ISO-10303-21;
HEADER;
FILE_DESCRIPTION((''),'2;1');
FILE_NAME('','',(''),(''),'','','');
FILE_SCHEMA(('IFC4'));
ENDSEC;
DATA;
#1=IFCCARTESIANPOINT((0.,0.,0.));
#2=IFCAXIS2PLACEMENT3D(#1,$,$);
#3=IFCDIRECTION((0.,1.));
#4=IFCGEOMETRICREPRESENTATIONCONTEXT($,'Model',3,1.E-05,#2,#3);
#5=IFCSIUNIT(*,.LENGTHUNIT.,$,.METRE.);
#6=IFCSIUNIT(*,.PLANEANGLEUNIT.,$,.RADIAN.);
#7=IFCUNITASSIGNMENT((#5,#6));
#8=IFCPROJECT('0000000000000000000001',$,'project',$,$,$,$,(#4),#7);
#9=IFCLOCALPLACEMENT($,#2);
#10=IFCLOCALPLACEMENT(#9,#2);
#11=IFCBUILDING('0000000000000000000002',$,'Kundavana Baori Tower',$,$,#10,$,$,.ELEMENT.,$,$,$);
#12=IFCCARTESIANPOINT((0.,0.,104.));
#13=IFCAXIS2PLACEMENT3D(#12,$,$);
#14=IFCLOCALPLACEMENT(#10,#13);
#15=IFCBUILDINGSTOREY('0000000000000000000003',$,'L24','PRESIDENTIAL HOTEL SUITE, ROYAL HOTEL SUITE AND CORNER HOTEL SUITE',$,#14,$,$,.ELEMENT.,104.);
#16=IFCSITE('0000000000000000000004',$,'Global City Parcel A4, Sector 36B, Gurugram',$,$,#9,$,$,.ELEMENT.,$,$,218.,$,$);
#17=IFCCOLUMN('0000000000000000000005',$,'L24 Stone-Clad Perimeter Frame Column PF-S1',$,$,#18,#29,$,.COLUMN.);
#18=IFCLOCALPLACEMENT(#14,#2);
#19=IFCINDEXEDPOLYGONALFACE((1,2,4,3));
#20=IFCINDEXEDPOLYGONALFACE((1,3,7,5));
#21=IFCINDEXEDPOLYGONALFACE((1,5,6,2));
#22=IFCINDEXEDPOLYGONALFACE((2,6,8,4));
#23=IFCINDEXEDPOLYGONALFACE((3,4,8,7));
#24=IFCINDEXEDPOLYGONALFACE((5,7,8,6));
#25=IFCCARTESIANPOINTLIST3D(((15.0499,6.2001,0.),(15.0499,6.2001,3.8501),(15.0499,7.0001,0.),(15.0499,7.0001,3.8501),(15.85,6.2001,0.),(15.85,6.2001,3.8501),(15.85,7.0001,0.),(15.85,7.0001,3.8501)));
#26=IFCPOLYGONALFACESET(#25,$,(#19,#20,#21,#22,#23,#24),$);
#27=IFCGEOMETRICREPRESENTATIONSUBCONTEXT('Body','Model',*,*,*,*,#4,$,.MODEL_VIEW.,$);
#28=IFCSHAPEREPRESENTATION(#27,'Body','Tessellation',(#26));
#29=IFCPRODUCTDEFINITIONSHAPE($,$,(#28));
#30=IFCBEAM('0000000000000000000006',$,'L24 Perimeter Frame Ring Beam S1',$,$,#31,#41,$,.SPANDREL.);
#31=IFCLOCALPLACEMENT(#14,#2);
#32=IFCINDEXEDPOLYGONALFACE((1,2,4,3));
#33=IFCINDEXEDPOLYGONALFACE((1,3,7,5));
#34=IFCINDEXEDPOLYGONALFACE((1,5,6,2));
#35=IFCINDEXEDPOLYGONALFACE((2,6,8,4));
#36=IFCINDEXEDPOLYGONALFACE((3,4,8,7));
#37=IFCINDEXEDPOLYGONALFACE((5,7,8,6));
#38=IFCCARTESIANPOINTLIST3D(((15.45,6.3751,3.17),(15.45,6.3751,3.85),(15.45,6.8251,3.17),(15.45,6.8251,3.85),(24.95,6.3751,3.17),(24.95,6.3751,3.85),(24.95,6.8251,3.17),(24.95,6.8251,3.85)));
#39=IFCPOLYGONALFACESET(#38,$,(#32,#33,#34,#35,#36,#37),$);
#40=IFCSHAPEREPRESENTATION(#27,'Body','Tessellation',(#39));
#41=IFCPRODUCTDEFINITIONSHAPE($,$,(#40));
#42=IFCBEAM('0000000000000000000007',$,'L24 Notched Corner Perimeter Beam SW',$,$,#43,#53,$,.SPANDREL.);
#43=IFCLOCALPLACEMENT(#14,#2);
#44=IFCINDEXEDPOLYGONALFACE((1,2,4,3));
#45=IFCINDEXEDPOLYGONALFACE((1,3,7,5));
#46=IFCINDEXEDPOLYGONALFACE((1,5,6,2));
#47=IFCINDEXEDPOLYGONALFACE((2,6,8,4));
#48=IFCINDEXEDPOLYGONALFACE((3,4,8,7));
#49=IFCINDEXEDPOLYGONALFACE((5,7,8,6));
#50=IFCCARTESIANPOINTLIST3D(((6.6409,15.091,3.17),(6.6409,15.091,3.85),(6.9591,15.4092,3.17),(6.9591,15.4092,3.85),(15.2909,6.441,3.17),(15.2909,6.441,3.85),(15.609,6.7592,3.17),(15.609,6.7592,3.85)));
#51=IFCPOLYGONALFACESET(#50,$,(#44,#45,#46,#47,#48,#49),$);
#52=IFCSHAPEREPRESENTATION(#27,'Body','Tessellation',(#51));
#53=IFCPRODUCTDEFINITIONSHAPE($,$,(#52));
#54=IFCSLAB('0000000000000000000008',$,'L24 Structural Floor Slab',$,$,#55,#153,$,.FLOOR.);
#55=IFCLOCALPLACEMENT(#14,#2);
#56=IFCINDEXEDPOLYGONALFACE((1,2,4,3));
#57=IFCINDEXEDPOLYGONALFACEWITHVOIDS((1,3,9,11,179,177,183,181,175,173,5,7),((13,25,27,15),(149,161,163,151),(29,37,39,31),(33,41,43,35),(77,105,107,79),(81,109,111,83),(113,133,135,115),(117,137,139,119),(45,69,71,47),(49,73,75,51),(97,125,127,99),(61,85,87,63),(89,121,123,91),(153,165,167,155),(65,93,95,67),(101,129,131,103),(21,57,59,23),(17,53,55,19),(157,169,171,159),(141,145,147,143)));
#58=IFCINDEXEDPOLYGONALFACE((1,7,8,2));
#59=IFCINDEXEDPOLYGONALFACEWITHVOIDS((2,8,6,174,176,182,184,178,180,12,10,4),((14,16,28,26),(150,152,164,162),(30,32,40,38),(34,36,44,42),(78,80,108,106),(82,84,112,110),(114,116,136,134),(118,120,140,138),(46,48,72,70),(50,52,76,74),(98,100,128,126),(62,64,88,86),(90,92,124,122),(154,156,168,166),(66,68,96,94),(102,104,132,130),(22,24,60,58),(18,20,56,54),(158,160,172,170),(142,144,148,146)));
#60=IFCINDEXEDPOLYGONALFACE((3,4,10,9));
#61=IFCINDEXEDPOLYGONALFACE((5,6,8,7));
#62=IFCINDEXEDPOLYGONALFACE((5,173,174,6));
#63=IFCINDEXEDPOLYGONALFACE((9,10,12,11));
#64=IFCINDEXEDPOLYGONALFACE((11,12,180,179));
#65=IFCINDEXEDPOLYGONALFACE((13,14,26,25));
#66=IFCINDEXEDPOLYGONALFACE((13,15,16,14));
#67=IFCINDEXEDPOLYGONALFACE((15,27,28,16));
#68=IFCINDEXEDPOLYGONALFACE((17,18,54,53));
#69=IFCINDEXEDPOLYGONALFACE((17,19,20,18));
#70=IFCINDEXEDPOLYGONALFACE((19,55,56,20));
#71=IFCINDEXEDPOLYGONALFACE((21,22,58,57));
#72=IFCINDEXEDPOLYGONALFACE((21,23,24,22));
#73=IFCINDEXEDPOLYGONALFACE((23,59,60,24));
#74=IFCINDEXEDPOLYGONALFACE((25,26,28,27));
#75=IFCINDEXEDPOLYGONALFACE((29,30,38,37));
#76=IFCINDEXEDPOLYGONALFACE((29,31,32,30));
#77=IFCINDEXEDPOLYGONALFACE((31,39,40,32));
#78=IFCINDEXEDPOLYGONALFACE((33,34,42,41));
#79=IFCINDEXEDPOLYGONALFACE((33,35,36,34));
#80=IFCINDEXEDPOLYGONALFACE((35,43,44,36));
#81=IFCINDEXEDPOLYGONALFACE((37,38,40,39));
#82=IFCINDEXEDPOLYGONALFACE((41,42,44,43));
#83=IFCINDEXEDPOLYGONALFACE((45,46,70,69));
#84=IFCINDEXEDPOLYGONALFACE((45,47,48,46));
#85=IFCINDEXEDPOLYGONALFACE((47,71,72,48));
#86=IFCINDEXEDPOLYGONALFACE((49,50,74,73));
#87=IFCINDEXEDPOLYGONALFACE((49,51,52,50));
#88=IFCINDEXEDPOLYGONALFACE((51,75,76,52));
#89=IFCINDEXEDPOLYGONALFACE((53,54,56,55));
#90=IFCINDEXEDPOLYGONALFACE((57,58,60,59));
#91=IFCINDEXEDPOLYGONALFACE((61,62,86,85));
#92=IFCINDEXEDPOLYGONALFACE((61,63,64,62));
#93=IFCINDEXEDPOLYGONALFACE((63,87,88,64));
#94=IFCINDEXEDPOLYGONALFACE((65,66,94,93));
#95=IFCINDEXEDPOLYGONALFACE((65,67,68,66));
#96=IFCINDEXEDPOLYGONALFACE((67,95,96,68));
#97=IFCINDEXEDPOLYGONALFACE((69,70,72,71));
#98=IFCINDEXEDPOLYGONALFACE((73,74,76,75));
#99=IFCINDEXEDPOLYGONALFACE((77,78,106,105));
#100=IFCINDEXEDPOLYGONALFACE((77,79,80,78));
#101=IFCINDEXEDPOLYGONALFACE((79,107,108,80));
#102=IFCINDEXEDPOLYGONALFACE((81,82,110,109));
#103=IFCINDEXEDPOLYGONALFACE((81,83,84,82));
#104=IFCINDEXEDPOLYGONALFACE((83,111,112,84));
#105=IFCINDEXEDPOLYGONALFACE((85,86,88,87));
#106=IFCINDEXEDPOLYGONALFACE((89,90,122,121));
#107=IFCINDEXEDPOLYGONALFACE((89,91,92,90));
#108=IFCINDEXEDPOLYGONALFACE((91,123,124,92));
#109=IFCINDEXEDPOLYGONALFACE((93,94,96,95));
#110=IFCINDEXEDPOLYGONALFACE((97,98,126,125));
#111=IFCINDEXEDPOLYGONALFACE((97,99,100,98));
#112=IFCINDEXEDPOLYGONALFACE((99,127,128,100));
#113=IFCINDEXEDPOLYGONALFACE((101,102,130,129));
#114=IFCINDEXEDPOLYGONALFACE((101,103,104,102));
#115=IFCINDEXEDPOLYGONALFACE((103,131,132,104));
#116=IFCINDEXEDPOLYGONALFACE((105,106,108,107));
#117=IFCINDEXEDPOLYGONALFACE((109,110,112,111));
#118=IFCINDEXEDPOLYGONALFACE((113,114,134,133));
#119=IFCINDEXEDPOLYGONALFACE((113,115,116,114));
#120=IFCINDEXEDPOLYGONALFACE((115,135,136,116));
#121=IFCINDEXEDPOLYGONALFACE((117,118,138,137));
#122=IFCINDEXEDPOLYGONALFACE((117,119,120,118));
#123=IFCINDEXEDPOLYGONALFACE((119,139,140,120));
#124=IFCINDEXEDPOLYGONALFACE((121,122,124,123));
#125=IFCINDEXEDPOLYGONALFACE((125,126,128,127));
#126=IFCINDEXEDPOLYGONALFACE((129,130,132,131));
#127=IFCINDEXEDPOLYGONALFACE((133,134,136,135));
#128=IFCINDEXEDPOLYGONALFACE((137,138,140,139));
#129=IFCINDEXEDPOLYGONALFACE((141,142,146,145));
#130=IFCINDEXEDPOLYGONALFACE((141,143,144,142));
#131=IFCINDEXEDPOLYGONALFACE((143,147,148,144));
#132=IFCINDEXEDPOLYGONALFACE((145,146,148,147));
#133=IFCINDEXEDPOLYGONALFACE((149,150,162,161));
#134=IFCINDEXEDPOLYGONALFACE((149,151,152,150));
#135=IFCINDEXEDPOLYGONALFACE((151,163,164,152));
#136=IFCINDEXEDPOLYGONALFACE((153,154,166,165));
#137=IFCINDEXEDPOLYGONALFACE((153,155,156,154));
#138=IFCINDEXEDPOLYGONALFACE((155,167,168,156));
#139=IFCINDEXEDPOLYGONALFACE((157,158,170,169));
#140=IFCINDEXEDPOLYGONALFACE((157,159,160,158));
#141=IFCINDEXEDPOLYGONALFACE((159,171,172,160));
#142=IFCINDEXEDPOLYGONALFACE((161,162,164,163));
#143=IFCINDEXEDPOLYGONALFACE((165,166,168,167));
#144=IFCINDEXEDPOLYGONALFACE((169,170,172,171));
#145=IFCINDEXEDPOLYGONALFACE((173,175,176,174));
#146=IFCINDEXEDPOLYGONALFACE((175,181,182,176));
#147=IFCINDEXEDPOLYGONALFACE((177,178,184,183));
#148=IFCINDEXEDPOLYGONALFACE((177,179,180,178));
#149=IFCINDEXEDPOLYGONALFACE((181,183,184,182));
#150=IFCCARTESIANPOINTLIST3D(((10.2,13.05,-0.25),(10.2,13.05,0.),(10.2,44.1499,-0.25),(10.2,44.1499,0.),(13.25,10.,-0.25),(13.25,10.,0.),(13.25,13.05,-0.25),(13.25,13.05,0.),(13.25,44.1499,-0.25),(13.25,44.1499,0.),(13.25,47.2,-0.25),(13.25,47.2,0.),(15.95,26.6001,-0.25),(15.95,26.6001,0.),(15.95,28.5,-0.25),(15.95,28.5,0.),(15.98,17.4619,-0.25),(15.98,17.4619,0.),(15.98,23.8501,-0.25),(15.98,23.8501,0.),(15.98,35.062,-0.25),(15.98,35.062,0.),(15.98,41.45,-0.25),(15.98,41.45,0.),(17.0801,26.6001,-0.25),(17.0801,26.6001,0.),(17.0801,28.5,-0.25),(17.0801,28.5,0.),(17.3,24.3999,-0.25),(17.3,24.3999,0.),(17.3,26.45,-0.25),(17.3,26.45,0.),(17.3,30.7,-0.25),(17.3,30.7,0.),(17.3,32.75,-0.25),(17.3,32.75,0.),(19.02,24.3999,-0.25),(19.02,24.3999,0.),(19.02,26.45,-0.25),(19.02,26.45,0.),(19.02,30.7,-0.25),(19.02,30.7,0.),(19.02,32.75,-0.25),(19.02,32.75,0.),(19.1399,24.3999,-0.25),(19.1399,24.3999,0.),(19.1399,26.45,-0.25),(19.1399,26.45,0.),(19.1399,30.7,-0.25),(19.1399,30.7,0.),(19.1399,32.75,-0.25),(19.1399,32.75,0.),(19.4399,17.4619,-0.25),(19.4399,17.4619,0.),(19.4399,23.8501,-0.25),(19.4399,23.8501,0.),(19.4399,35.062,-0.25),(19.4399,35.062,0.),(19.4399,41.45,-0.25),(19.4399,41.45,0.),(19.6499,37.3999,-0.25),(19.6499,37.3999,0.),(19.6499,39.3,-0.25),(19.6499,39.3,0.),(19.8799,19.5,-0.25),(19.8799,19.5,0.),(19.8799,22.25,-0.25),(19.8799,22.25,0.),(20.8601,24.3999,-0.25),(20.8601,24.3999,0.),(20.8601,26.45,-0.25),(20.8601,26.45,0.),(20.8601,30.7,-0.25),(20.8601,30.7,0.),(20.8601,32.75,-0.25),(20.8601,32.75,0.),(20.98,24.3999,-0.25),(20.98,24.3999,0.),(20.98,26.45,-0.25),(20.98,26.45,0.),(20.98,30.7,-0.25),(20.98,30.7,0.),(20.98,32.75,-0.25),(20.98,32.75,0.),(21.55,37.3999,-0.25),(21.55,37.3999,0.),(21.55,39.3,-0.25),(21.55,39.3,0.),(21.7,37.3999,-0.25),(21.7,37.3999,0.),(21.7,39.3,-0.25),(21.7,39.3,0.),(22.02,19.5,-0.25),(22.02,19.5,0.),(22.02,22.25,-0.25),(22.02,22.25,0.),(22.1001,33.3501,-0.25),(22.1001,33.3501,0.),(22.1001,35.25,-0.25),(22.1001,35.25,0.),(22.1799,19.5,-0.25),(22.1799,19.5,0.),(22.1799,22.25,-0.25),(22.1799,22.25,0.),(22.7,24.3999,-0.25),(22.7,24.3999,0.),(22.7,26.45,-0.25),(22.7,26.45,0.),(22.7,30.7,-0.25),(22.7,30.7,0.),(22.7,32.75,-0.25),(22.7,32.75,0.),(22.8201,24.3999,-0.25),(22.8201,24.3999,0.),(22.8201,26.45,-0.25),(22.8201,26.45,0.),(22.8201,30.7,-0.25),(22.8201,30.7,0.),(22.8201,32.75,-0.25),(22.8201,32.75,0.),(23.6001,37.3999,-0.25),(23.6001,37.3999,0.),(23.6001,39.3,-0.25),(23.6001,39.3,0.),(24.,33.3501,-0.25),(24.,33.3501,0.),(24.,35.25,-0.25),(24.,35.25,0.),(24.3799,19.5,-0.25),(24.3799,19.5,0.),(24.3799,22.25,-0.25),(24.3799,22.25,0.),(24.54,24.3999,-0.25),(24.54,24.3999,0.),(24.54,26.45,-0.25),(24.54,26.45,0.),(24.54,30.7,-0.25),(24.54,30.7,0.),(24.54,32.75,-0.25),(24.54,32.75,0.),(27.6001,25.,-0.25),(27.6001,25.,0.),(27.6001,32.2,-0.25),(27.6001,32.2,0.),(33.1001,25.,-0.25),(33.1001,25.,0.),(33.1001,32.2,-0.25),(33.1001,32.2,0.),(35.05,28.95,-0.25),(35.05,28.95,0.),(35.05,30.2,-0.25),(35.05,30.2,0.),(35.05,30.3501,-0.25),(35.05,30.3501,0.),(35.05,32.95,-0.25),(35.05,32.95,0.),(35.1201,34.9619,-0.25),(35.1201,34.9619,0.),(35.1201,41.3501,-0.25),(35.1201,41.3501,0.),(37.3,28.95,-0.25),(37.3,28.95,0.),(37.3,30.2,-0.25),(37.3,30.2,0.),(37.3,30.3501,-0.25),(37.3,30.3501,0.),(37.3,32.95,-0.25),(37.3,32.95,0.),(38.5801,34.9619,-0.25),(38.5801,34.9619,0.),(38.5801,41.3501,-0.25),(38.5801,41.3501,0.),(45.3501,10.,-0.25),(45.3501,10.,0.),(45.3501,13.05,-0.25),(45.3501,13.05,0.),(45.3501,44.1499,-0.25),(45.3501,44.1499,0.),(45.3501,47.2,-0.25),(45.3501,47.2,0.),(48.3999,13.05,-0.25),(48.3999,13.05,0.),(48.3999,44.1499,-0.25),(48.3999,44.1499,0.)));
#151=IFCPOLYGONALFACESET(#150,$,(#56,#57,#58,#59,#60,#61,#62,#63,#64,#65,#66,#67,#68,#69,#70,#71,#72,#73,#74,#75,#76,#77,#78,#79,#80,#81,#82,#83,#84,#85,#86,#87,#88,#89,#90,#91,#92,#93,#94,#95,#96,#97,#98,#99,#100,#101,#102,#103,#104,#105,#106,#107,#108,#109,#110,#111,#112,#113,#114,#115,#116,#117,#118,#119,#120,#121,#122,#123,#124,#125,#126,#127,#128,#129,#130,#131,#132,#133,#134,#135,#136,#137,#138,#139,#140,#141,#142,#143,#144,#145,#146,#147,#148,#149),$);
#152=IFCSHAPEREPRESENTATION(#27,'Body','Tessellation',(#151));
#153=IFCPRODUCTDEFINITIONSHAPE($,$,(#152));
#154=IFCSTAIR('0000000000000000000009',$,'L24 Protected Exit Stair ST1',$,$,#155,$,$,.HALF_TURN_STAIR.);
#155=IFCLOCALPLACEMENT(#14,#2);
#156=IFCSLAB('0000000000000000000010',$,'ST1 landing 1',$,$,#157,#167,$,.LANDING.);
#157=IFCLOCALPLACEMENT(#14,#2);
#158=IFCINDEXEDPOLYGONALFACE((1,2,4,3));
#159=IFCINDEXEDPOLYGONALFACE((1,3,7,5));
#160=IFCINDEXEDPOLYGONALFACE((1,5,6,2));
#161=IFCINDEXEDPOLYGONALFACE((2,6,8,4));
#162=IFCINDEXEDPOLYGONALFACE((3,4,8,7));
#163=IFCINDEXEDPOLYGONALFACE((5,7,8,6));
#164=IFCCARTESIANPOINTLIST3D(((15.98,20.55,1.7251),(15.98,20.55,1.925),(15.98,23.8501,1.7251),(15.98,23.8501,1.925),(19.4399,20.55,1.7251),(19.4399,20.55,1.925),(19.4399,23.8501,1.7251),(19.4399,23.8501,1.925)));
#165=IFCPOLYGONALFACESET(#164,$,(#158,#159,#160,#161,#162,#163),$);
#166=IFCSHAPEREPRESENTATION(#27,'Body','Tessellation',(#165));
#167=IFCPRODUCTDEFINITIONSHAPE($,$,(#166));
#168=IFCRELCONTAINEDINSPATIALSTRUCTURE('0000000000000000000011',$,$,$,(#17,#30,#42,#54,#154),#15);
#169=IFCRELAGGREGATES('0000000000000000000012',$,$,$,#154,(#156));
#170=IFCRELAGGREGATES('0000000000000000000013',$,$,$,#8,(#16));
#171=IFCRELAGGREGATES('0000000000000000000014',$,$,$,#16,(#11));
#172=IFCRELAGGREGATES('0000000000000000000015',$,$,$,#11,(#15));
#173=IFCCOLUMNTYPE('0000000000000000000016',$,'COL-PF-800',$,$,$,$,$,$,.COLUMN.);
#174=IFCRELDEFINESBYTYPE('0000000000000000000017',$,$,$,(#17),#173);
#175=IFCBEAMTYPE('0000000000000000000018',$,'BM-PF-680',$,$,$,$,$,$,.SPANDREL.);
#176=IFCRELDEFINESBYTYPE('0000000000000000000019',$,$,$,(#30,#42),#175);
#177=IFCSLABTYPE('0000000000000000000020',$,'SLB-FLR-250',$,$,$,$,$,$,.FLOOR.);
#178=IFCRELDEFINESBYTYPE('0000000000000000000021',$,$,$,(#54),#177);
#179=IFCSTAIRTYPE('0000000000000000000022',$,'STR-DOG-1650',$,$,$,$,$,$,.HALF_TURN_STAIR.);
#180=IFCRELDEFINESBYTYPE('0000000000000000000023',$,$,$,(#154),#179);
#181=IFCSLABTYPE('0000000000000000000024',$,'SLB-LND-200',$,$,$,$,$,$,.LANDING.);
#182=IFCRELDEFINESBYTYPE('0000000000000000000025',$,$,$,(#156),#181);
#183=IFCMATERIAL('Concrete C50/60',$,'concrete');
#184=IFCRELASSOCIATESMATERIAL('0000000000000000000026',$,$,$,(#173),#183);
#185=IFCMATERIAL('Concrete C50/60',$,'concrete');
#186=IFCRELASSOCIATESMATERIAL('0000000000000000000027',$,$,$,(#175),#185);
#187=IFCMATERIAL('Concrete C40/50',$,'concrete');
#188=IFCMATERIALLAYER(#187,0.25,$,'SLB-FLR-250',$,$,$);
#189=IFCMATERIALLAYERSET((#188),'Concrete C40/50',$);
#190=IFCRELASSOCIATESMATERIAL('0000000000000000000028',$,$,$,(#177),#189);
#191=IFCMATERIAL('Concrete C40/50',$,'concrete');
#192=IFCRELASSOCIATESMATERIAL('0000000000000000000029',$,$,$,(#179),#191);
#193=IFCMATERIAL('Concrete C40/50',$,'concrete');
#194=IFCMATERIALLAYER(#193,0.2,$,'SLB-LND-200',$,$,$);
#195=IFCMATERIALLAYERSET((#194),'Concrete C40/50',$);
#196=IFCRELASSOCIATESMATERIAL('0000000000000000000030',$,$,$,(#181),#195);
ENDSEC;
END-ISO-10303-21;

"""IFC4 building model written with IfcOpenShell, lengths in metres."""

from ifc_helpers import new_model, si_unit, direction, frame, origin, origin_2d, place, context, subcontext, project, spatial, polyline, rectangle, outline, extrude, material, layer, layer_set, material_profile, profile_set, type_object, element, aggregate, save


model = new_model("IFC4")

# Units and contexts
model_context = context("Model", 3, precision=1e-05, world=origin(), true_north=direction((0.0, 1.0)))
body_context = subcontext(model_context, "Body", "Model", "MODEL_VIEW")
ifc_project = project(units=[si_unit("LENGTHUNIT", "METRE"), si_unit("PLANEANGLEUNIT", "RADIAN")], contexts=[model_context])

# Site, building, storey
site_placement = place(None, origin())
site = spatial("IfcSite", under=ifc_project, at=site_placement, Name="Global City Parcel A4, Sector 36B, Gurugram", CompositionType="ELEMENT", RefElevation=218.0)
building_placement = place(site_placement, origin())
building = spatial("IfcBuilding", under=site, at=building_placement, Name="Kundavana Baori Tower", CompositionType="ELEMENT")
storey_placement = place(building_placement, frame((0.0, 0.0, 104.0)))
storey = spatial("IfcBuildingStorey", under=building, at=storey_placement, Name="L24", Description="PRESIDENTIAL HOTEL SUITE, ROYAL HOTEL SUITE AND CORNER HOTEL SUITE", CompositionType="ELEMENT", Elevation=104.0)

# Column
ifc_material_1 = material(Name="Concrete C50/60", Category="concrete")
ifc_material_profile_1 = material_profile(ifc_material_1, rectangle(XDim=0.8, YDim=0.8, at=origin_2d()), Name="RC PF 800x800")
ifc_profile_set_1 = profile_set([ifc_material_profile_1], Name="Concrete C50/60")
column_type = type_object("IfcColumnType", Name="COL-PF-800", PredefinedType="COLUMN", material=ifc_profile_set_1)
column_placement = place(storey_placement, frame((15.45, 6.6001, 0.0), z_axis=(0.0, 0.0, 1.0), x_axis=(1.0, 0.0, 0.0)))
element("IfcColumn", 1, at=column_placement, inside=storey, type_object=column_type, Name="L24 Stone-Clad Perimeter Frame Column PF-S1", PredefinedType="COLUMN", context=body_context, shape_type="SweptSolid", body=[
    extrude(rectangle(XDim=0.8, YDim=0.8, at=origin_2d()), origin(), (0.0, 0.0, 1.0), 3.8501),
])

# Beams
ifc_material_2 = material(Name="Concrete C50/60", Category="concrete")
ifc_material_profile_2 = material_profile(ifc_material_2, rectangle(XDim=0.45, YDim=0.6799, at=origin_2d()), Name="RC BM 450x680")
ifc_profile_set_2 = profile_set([ifc_material_profile_2], Name="Concrete C50/60")
beam_type = type_object("IfcBeamType", Name="BM-PF-680", PredefinedType="SPANDREL", material=ifc_profile_set_2)
beam_1_placement = place(storey_placement, frame((15.45, 6.6001, 3.51), z_axis=(1.0, 0.0, 0.0), x_axis=(0.0, 1.0, 0.0)))
element("IfcBeam", 2, at=beam_1_placement, inside=storey, type_object=beam_type, Name="L24 Perimeter Frame Ring Beam S1", PredefinedType="SPANDREL", context=body_context, shape_type="SweptSolid", body=[
    extrude(rectangle(XDim=0.45, YDim=0.6799, at=origin_2d()), origin(), (0.0, 0.0, 1.0), 9.5),
])
beam_2_placement = place(storey_placement, frame((15.45, 6.6001, 3.51), z_axis=(-0.707107, 0.707107, 0.0), x_axis=(-0.707107, -0.707107, 0.0)))
element("IfcBeam", 3, at=beam_2_placement, inside=storey, type_object=beam_type, Name="L24 Notched Corner Perimeter Beam SW", PredefinedType="SPANDREL", context=body_context, shape_type="SweptSolid", body=[
    extrude(rectangle(XDim=0.45, YDim=0.6799, at=origin_2d()), origin(), (0.0, 0.0, 1.0), 12.2329),
])

# Slab
ifc_material_3 = material(Name="Concrete C40/50", Category="concrete")
ifc_layer_1 = layer(ifc_material_3, 0.25, Name="SLB-FLR-250")
ifc_layer_set_1 = layer_set([ifc_layer_1], Name="Concrete C40/50")
slab_type_1 = type_object("IfcSlabType", Name="SLB-FLR-250", PredefinedType="FLOOR", material=ifc_layer_set_1)
slab_1_placement = place(storey_placement, frame((0.0, 0.0, -0.25)))
element("IfcSlab", 4, at=slab_1_placement, inside=storey, type_object=slab_type_1, Name="L24 Structural Floor Slab", PredefinedType="FLOOR", context=body_context, shape_type="SweptSolid", body=[
    extrude(outline(polyline([(13.25, 10.0), (45.3501, 10.0), (45.3501, 13.05), (48.3999, 13.05), (48.3999, 44.1499), (45.3501, 44.1499), (45.3501, 47.2), (13.25, 47.2), (13.25, 44.1499), (10.2, 44.1499), (10.2, 13.05), (13.25, 13.05), (13.25, 10.0)]), holes=[polyline([(19.4399, 17.4619), (19.4399, 23.8501), (15.98, 23.8501), (15.98, 17.4619), (19.4399, 17.4619)]), polyline([(19.4399, 35.062), (19.4399, 41.45), (15.98, 41.45), (15.98, 35.062), (19.4399, 35.062)]), polyline([(38.5801, 34.9619), (38.5801, 41.3501), (35.1201, 41.3501), (35.1201, 34.9619), (38.5801, 34.9619)]), polyline([(17.3, 24.3999), (19.02, 24.3999), (19.02, 26.45), (17.3, 26.45), (17.3, 24.3999)]), polyline([(19.1399, 24.3999), (20.8601, 24.3999), (20.8601, 26.45), (19.1399, 26.45), (19.1399, 24.3999)]), polyline([(20.98, 24.3999), (22.7, 24.3999), (22.7, 26.45), (20.98, 26.45), (20.98, 24.3999)]), polyline([(22.8201, 24.3999), (24.54, 24.3999), (24.54, 26.45), (22.8201, 26.45), (22.8201, 24.3999)]), polyline([(17.3, 30.7), (19.02, 30.7), (19.02, 32.75), (17.3, 32.75), (17.3, 30.7)]), polyline([(19.1399, 30.7), (20.8601, 30.7), (20.8601, 32.75), (19.1399, 32.75), (19.1399, 30.7)]), polyline([(20.98, 30.7), (22.7, 30.7), (22.7, 32.75), (20.98, 32.75), (20.98, 30.7)]), polyline([(22.8201, 30.7), (24.54, 30.7), (24.54, 32.75), (22.8201, 32.75), (22.8201, 30.7)]), polyline([(19.6499, 37.3999), (21.55, 37.3999), (21.55, 39.3), (19.6499, 39.3), (19.6499, 37.3999)]), polyline([(21.7, 37.3999), (23.6001, 37.3999), (23.6001, 39.3), (21.7, 39.3), (21.7, 37.3999)]), polyline([(22.1001, 33.3501), (24.0, 33.3501), (24.0, 35.25), (22.1001, 35.25), (22.1001, 33.3501)]), polyline([(19.8799, 19.5), (22.02, 19.5), (22.02, 22.25), (19.8799, 22.25), (19.8799, 19.5)]), polyline([(22.1799, 19.5), (24.3799, 19.5), (24.3799, 22.25), (22.1799, 22.25), (22.1799, 19.5)]), polyline([(35.05, 30.3501), (37.3, 30.3501), (37.3, 32.95), (35.05, 32.95), (35.05, 30.3501)]), polyline([(15.95, 26.6001), (17.0801, 26.6001), (17.0801, 28.5), (15.95, 28.5), (15.95, 26.6001)]), polyline([(35.05, 28.95), (37.3, 28.95), (37.3, 30.2), (35.05, 30.2), (35.05, 28.95)]), polyline([(27.6001, 25.0), (33.1001, 25.0), (33.1001, 32.2), (27.6001, 32.2), (27.6001, 25.0)])]), origin(), (0.0, 0.0, 1.0), 0.25),
])

# Stair, slab
ifc_material_4 = material(Name="Concrete C40/50", Category="concrete")
stair_type = type_object("IfcStairType", Name="STR-DOG-1650", PredefinedType="HALF_TURN_STAIR", material=ifc_material_4)
stair_1_placement = place(storey_placement, origin())
stair_1 = element("IfcStair", 5, at=stair_1_placement, inside=storey, type_object=stair_type, Name="L24 Protected Exit Stair ST1", PredefinedType="HALF_TURN_STAIR")
ifc_material_5 = material(Name="Concrete C40/50", Category="concrete")
ifc_layer_2 = layer(ifc_material_5, 0.2, Name="SLB-LND-200")
ifc_layer_set_2 = layer_set([ifc_layer_2], Name="Concrete C40/50")
slab_type_2 = type_object("IfcSlabType", Name="SLB-LND-200", PredefinedType="LANDING", material=ifc_layer_set_2)
slab_2_placement = place(storey_placement, frame((0.0, 0.0, 1.7251)))
slab_2 = element("IfcSlab", 6, at=slab_2_placement, type_object=slab_type_2, Name="ST1 landing 1", PredefinedType="LANDING", context=body_context, shape_type="SweptSolid", body=[
    extrude(outline(polyline([(19.4399, 20.55), (19.4399, 23.8501), (15.98, 23.8501), (15.98, 20.55), (19.4399, 20.55)])), origin(), (0.0, 0.0, 1.0), 0.2),
])
aggregate(stair_1, [slab_2])

save(model, "model.ifc")
